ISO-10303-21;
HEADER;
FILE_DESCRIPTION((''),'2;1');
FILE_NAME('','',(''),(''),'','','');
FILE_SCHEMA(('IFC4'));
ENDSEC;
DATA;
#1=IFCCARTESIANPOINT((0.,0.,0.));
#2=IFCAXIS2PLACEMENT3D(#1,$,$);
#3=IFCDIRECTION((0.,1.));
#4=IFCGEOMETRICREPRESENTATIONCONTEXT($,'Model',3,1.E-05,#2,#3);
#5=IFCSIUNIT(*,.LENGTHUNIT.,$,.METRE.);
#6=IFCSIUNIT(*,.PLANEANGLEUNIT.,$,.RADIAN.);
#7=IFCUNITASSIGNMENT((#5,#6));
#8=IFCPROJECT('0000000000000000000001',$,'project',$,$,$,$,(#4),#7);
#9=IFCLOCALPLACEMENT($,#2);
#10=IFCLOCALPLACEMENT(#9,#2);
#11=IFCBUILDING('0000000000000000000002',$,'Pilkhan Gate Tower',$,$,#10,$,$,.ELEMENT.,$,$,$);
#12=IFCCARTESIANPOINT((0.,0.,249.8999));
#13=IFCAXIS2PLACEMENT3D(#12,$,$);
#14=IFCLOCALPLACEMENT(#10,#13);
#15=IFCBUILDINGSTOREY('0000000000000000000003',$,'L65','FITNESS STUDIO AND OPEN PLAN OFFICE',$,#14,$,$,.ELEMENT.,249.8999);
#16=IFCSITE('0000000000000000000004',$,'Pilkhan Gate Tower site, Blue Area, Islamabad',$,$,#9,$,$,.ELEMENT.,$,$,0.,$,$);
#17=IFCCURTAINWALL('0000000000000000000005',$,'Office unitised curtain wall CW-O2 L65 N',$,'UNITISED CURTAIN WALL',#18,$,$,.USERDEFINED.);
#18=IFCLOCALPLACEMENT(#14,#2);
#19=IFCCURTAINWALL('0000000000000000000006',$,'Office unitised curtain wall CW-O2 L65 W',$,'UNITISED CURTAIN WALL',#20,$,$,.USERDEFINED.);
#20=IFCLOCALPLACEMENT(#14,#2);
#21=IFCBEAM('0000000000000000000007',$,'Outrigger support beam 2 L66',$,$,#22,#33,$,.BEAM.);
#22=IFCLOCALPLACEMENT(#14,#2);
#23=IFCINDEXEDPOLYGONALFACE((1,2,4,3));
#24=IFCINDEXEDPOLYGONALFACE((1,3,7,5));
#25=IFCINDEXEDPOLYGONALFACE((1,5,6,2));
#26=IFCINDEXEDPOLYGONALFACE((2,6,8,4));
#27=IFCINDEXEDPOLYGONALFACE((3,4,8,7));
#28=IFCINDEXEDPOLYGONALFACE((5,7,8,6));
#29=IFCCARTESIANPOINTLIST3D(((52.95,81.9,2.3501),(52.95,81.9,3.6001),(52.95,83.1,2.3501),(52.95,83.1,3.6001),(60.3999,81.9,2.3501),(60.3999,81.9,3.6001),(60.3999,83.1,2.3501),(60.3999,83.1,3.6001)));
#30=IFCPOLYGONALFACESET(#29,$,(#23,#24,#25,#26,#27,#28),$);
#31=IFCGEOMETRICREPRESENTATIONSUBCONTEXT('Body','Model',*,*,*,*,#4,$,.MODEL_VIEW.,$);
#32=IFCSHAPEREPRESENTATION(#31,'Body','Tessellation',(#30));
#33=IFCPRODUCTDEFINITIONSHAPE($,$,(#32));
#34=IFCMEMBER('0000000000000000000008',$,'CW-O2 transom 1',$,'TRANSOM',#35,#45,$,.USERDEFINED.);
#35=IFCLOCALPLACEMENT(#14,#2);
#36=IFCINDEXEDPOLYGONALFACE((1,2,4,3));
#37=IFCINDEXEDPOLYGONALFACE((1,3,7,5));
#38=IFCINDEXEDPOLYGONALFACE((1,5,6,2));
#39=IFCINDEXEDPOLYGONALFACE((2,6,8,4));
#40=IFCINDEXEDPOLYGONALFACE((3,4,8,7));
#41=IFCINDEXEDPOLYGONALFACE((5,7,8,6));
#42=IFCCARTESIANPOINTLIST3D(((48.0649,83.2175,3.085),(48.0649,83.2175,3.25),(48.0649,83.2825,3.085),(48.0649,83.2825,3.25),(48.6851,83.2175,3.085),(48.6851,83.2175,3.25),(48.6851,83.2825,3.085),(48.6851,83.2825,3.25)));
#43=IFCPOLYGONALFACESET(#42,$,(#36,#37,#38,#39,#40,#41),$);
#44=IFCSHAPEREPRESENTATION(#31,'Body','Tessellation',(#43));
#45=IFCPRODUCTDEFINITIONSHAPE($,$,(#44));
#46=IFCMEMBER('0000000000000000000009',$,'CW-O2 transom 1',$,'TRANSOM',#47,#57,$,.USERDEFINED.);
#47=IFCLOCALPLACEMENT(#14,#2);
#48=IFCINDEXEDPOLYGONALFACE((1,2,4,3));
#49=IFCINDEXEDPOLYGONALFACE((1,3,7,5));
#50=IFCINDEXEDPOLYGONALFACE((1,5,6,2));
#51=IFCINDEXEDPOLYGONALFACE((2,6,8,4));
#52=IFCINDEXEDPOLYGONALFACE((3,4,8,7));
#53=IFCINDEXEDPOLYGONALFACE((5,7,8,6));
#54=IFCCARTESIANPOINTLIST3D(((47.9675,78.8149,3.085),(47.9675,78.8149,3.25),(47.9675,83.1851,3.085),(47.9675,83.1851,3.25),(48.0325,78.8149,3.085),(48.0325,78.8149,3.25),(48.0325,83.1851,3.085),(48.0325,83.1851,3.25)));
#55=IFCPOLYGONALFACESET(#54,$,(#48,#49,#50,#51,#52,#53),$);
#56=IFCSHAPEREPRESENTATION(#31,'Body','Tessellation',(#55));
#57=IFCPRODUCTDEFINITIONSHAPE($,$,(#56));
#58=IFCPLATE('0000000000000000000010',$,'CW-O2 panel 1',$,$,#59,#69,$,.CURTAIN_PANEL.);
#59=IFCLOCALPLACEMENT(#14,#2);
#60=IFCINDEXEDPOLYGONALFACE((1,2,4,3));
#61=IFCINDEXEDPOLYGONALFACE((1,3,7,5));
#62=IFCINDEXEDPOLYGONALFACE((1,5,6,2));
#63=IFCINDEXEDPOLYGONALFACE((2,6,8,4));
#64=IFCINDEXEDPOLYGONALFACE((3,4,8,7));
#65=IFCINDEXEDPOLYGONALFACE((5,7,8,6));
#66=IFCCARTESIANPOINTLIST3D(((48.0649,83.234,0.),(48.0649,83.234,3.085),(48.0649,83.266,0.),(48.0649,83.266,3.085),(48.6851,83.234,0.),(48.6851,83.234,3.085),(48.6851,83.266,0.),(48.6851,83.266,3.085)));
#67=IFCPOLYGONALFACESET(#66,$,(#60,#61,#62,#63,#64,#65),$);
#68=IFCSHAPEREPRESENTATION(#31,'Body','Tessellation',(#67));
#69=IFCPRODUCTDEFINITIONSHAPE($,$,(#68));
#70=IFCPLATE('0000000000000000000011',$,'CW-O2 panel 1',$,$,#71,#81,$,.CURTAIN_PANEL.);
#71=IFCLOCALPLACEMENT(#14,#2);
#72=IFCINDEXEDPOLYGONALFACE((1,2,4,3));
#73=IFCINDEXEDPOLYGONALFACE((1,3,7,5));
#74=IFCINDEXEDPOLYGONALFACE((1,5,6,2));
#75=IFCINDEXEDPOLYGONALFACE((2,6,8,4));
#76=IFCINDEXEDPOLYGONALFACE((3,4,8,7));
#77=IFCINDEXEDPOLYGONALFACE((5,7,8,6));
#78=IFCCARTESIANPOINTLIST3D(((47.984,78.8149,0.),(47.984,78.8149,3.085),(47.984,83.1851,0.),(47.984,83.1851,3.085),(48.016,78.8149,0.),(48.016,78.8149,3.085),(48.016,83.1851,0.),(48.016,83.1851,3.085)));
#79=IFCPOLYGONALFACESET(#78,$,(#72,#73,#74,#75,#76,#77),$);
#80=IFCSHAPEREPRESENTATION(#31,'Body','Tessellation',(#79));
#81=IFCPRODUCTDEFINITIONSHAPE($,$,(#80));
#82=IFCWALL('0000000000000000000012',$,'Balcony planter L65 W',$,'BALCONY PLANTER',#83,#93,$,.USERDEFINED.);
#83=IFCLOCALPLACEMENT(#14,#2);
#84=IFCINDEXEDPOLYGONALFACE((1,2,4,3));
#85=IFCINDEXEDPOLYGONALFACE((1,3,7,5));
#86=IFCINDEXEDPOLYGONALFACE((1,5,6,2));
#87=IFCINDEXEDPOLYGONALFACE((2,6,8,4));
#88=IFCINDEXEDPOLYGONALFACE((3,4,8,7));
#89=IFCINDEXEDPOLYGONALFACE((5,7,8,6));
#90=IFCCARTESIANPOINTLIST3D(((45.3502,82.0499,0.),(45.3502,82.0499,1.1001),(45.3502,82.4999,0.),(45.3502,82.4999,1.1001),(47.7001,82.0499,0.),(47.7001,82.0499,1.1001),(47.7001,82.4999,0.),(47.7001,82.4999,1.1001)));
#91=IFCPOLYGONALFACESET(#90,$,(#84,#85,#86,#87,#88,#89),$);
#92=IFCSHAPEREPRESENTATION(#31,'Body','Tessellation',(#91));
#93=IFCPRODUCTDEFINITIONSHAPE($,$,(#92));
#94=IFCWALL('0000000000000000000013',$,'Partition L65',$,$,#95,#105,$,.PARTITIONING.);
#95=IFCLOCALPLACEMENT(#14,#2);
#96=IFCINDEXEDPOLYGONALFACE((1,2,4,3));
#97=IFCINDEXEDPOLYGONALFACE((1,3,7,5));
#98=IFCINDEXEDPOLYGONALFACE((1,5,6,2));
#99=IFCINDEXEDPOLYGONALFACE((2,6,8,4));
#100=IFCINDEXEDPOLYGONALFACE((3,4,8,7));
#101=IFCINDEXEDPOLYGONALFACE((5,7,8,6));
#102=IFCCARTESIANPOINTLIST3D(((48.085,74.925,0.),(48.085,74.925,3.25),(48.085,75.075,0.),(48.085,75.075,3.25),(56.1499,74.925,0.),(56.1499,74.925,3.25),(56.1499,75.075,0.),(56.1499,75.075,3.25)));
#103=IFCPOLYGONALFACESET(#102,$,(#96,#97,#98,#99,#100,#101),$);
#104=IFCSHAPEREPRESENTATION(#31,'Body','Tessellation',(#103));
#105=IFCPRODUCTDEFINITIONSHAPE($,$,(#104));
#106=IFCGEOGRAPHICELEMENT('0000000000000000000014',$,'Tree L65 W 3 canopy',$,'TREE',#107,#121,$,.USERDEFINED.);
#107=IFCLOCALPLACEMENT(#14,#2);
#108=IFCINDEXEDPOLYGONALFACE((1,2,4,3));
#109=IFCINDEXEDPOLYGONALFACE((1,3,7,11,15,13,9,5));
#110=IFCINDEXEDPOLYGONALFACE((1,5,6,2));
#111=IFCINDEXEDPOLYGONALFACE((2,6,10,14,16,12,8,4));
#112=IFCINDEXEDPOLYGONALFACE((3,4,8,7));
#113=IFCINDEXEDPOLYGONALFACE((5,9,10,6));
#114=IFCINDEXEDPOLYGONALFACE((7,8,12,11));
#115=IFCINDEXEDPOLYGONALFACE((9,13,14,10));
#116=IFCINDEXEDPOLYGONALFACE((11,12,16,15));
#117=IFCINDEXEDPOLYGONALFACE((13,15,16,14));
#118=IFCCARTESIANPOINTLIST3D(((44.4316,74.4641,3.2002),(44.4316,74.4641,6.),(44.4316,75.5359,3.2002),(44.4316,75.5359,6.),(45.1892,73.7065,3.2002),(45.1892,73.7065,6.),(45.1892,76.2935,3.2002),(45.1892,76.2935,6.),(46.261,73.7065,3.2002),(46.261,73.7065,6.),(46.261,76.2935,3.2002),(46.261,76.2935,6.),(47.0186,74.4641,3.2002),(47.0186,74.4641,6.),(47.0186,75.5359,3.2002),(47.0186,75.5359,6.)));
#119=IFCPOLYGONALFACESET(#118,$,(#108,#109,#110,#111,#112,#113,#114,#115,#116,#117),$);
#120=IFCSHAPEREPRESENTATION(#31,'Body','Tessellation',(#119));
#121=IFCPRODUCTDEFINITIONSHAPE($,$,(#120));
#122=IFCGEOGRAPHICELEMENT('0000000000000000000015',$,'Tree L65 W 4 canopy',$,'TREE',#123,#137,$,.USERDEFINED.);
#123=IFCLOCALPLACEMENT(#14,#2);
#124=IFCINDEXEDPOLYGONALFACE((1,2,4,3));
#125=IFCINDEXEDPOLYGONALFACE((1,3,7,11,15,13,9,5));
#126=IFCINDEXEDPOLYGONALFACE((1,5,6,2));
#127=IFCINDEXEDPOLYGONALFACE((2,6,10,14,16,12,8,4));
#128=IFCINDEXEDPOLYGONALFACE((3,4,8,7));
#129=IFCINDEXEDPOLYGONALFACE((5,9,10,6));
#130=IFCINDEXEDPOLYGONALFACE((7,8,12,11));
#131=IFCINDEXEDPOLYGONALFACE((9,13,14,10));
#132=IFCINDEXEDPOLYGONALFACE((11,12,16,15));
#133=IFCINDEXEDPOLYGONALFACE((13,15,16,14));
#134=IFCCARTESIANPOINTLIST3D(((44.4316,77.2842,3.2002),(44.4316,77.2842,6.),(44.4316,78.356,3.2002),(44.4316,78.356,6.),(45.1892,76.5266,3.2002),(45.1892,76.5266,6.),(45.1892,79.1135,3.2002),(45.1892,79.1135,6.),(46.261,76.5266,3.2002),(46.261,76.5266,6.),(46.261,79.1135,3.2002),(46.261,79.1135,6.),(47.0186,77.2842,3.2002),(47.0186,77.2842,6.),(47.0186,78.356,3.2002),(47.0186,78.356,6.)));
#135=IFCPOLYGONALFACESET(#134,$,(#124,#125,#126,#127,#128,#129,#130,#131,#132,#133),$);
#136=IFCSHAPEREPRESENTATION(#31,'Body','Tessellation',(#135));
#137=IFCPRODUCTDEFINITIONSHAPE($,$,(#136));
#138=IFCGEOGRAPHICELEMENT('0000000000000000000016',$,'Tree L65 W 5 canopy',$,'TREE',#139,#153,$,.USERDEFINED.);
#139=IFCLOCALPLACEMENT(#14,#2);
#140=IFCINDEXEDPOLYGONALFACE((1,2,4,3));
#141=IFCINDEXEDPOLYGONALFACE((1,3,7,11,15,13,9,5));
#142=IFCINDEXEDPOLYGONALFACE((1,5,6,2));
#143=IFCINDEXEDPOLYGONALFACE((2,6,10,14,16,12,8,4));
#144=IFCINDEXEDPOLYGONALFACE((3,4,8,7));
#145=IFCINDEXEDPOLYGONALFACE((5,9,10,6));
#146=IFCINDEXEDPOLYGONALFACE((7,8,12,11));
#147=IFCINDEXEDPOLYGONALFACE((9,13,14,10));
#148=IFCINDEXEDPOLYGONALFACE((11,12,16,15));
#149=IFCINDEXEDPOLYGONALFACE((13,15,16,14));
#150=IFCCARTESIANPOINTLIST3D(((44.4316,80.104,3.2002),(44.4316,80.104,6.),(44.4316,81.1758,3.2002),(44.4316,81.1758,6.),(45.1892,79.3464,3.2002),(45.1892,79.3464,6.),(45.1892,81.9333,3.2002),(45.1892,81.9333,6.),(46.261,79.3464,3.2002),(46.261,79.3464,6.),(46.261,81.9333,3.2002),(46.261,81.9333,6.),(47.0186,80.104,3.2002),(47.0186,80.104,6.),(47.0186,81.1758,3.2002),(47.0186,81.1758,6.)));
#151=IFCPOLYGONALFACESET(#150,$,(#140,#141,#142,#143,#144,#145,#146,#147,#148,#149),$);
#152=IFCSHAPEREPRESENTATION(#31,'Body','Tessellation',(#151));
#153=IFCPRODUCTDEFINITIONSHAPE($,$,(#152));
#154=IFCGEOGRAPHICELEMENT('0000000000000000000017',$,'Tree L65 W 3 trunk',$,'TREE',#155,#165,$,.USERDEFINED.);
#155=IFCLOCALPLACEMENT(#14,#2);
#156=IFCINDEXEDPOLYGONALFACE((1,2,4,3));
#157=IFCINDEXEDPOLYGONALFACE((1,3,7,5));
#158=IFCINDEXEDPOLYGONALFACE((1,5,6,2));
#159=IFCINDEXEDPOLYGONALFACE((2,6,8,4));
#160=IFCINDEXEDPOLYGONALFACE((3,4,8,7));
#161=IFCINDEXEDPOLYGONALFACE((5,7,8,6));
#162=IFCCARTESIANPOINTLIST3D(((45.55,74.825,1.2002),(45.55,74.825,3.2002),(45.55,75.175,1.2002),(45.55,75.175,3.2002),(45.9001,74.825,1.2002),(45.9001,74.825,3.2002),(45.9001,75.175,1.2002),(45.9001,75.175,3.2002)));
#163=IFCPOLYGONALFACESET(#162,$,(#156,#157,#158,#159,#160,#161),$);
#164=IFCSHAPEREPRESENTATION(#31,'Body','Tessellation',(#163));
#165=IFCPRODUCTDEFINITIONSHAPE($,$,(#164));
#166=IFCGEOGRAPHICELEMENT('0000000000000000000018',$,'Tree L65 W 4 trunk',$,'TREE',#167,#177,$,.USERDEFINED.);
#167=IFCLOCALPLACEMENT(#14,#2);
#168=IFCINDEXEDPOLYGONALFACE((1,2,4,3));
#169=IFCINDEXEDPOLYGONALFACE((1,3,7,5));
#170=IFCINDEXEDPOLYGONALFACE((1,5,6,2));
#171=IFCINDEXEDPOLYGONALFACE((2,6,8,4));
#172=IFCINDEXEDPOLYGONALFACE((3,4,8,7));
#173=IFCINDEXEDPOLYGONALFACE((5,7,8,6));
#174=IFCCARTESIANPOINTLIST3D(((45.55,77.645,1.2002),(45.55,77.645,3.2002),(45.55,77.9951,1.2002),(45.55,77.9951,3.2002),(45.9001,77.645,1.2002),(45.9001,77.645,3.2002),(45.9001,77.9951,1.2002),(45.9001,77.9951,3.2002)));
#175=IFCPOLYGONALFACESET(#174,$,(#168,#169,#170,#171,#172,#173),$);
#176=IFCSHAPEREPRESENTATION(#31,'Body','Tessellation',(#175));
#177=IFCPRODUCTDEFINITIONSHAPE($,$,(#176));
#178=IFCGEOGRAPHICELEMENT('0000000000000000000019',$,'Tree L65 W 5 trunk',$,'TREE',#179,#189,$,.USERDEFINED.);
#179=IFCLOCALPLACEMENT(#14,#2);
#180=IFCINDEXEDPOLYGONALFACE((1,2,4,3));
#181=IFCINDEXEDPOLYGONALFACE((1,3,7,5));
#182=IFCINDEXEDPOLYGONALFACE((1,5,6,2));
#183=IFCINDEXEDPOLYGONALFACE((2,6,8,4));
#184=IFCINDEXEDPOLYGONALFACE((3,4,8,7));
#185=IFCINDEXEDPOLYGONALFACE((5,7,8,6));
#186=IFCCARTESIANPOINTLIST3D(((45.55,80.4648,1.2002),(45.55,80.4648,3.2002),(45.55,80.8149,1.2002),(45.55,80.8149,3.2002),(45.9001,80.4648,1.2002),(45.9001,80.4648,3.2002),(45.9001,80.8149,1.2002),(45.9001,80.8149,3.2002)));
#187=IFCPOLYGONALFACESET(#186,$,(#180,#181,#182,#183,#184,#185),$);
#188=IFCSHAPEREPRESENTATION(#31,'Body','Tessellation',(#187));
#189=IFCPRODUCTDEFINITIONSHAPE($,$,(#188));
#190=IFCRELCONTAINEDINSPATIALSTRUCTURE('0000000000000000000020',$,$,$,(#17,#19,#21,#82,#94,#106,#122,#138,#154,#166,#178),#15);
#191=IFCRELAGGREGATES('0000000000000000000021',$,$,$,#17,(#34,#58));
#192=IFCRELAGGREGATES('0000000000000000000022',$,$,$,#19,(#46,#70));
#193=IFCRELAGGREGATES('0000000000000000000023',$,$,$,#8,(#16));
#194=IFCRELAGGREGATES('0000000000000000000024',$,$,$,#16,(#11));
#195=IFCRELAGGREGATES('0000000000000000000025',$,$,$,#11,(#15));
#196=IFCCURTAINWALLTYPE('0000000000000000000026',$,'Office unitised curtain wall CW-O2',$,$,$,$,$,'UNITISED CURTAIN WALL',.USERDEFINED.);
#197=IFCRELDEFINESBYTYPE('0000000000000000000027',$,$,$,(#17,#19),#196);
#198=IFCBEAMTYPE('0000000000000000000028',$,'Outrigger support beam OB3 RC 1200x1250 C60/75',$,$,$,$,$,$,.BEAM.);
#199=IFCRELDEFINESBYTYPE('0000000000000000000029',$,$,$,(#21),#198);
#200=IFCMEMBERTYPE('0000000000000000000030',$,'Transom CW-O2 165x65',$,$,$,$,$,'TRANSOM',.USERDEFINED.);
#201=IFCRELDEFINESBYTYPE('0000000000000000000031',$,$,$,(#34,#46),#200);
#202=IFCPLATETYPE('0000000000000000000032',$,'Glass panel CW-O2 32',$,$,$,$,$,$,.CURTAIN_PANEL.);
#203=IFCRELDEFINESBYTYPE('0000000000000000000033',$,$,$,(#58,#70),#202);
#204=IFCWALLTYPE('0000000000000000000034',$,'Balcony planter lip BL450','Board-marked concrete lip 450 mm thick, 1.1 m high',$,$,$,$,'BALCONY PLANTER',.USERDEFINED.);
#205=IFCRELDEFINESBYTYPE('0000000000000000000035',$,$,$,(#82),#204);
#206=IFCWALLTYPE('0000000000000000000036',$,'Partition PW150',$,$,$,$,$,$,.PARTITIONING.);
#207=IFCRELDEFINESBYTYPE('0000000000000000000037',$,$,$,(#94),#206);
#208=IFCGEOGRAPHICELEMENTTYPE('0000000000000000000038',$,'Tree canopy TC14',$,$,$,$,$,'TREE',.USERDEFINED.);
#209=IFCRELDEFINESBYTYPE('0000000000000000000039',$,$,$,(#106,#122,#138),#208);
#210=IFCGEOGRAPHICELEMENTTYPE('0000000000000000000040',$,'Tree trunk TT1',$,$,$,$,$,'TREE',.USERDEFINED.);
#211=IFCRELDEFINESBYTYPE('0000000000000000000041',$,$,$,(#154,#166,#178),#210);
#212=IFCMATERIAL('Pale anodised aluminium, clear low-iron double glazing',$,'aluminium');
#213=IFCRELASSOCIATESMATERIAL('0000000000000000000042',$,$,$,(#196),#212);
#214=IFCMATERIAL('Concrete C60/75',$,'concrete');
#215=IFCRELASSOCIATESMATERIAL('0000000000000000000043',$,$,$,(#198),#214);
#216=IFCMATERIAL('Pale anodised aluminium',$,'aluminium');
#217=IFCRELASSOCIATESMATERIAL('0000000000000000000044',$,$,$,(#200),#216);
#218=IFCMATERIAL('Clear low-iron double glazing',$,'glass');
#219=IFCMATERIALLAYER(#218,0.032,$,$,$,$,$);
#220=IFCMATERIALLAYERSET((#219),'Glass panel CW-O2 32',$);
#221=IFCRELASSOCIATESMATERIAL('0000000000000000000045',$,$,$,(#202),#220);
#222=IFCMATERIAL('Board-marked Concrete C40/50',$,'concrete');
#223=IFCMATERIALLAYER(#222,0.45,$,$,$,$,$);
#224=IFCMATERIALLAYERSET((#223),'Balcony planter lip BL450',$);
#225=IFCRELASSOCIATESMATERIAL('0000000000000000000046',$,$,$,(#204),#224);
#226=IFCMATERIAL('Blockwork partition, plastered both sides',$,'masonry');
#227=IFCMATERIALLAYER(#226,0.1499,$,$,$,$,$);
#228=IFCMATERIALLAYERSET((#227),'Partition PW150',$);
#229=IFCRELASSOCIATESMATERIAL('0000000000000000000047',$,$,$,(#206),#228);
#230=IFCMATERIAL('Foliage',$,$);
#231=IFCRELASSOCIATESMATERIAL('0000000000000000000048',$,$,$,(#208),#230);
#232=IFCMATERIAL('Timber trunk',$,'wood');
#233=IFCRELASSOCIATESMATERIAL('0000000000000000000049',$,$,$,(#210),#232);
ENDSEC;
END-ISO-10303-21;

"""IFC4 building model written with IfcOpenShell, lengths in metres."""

from ifc_helpers import new_model, si_unit, direction, frame, frame_2d, origin, origin_2d, place, context, subcontext, project, spatial, polyline, rectangle, outline, extrude, material, layer, layer_set, material_profile, profile_set, type_object, element, aggregate, save


model = new_model("IFC4")

# Units and contexts
model_context = context("Model", 3, precision=1e-05, world=origin(), true_north=direction((0.0, 1.0)))
body_context = subcontext(model_context, "Body", "Model", "MODEL_VIEW")
ifc_project = project(units=[si_unit("LENGTHUNIT", "METRE"), si_unit("PLANEANGLEUNIT", "RADIAN")], contexts=[model_context])

# Site, building, storey
site_placement = place(None, origin())
site = spatial("IfcSite", under=ifc_project, at=site_placement, Name="Pilkhan Gate Tower site, Blue Area, Islamabad", CompositionType="ELEMENT", RefElevation=0.0)
building_placement = place(site_placement, origin())
building = spatial("IfcBuilding", under=site, at=building_placement, Name="Pilkhan Gate Tower", CompositionType="ELEMENT")
storey_placement = place(building_placement, frame((0.0, 0.0, 249.8999)))
storey = spatial("IfcBuildingStorey", under=building, at=storey_placement, Name="L65", Description="FITNESS STUDIO AND OPEN PLAN OFFICE", CompositionType="ELEMENT", Elevation=249.8999)

# Shared definitions
ifc_material_1 = material(Name="Pale anodised aluminium, clear low-iron double glazing", Category="aluminium")
curtain_wall_type = type_object("IfcCurtainWallType", Name="Office unitised curtain wall CW-O2", ElementType="UNITISED CURTAIN WALL", PredefinedType="USERDEFINED", material=ifc_material_1)
ifc_material_2 = material(Name="Pale anodised aluminium", Category="aluminium")

# Curtain walls
curtain_wall_1_placement = place(storey_placement, origin())
curtain_wall_1 = element("IfcCurtainWall", 1, at=curtain_wall_1_placement, inside=storey, type_object=curtain_wall_type, Name="Office unitised curtain wall CW-O2 L65 N", ObjectType="UNITISED CURTAIN WALL", PredefinedType="USERDEFINED")
curtain_wall_2_placement = place(storey_placement, origin())
curtain_wall_2 = element("IfcCurtainWall", 2, at=curtain_wall_2_placement, inside=storey, type_object=curtain_wall_type, Name="Office unitised curtain wall CW-O2 L65 W", ObjectType="UNITISED CURTAIN WALL", PredefinedType="USERDEFINED")

# Beam
ifc_material_3 = material(Name="Concrete C60/75", Category="concrete")
ifc_material_profile_1 = material_profile(ifc_material_3, rectangle(XDim=1.2, YDim=1.25, at=origin_2d()), Name="RC 1200x1250")
ifc_profile_set_1 = profile_set([ifc_material_profile_1], Name="Concrete C60/75")
beam_type_1 = type_object("IfcBeamType", Name="Outrigger support beam OB3 RC 1200x1250 C60/75", PredefinedType="BEAM", material=ifc_profile_set_1)
beam_1_placement = place(storey_placement, frame((52.95, 82.5, 2.9751), z_axis=(1.0, 0.0, 0.0), x_axis=(0.0, 1.0, 0.0)))
element("IfcBeam", 3, at=beam_1_placement, inside=storey, type_object=beam_type_1, Name="Outrigger support beam 2 L66", PredefinedType="BEAM", context=body_context, shape_type="SweptSolid", body=[
    extrude(rectangle(XDim=1.2, YDim=1.25, at=origin_2d()), origin(), (0.0, 0.0, 1.0), 7.45),
])

# Members
ifc_material_profile_2 = material_profile(ifc_material_2, rectangle(XDim=0.0649, YDim=0.165, at=origin_2d()), Name="Transom 165x65")
ifc_profile_set_2 = profile_set([ifc_material_profile_2], Name="Pale anodised aluminium")
member_type_1 = type_object("IfcMemberType", Name="Transom CW-O2 165x65", ElementType="TRANSOM", PredefinedType="USERDEFINED", material=ifc_profile_set_2)
member_1_placement = place(storey_placement, frame((48.0649, 83.25, 3.1675), z_axis=(1.0, 0.0, 0.0), x_axis=(0.0, 1.0, 0.0)))
member_1 = element("IfcMember", 4, at=member_1_placement, type_object=member_type_1, Name="CW-O2 transom 1", ObjectType="TRANSOM", PredefinedType="USERDEFINED", context=body_context, shape_type="SweptSolid", body=[
    extrude(rectangle(XDim=0.0649, YDim=0.165, at=origin_2d()), origin(), (0.0, 0.0, 1.0), 0.6201),
])
member_2_placement = place(storey_placement, frame((48.0, 78.8149, 3.1675), z_axis=(0.0, 1.0, 0.0), x_axis=(-1.0, 0.0, 0.0)))
member_2 = element("IfcMember", 5, at=member_2_placement, type_object=member_type_1, Name="CW-O2 transom 1", ObjectType="TRANSOM", PredefinedType="USERDEFINED", context=body_context, shape_type="SweptSolid", body=[
    extrude(rectangle(XDim=0.0649, YDim=0.165, at=origin_2d()), origin(), (0.0, 0.0, 1.0), 4.3701),
])

# Plates
ifc_material_4 = material(Name="Clear low-iron double glazing", Category="glass")
ifc_layer_1 = layer(ifc_material_4, 0.032)
ifc_layer_set_1 = layer_set([ifc_layer_1], Name="Glass panel CW-O2 32")
plate_type = type_object("IfcPlateType", Name="Glass panel CW-O2 32", PredefinedType="CURTAIN_PANEL", material=ifc_layer_set_1)
plate_1_placement = place(storey_placement, frame((48.375, 83.25, 0.0), z_axis=(0.0, 0.0, 1.0), x_axis=(1.0, 0.0, 0.0)))
plate_1 = element("IfcPlate", 6, at=plate_1_placement, type_object=plate_type, Name="CW-O2 panel 1", PredefinedType="CURTAIN_PANEL", context=body_context, shape_type="SweptSolid", body=[
    extrude(rectangle(XDim=0.6201, YDim=0.032, at=origin_2d()), origin(), (0.0, 0.0, 1.0), 3.085),
])
aggregate(curtain_wall_1, [member_1, plate_1])
plate_2_placement = place(storey_placement, frame((48.0, 81.0, 0.0), z_axis=(0.0, 0.0, 1.0), x_axis=(0.0, 1.0, 0.0)))
plate_2 = element("IfcPlate", 7, at=plate_2_placement, type_object=plate_type, Name="CW-O2 panel 1", PredefinedType="CURTAIN_PANEL", context=body_context, shape_type="SweptSolid", body=[
    extrude(rectangle(XDim=4.3701, YDim=0.032, at=origin_2d()), origin(), (0.0, 0.0, 1.0), 3.085),
])
aggregate(curtain_wall_2, [member_2, plate_2])

# Wall
ifc_material_5 = material(Name="Board-marked Concrete C40/50", Category="concrete")
ifc_layer_2 = layer(ifc_material_5, 0.45)
ifc_layer_set_2 = layer_set([ifc_layer_2], Name="Balcony planter lip BL450")
wall_type_1 = type_object("IfcWallType", Name="Balcony planter lip BL450", Description="Board-marked concrete lip 450 mm thick, 1.1 m high", ElementType="BALCONY PLANTER", PredefinedType="USERDEFINED", material=ifc_layer_set_2)
wall_1_placement = place(storey_placement, frame((47.7, 82.2749, 0.0), z_axis=(0.0, 0.0, 1.0), x_axis=(-1.0, 0.0, 0.0)))
element("IfcWall", 8, at=wall_1_placement, inside=storey, type_object=wall_type_1, Name="Balcony planter L65 W", ObjectType="BALCONY PLANTER", PredefinedType="USERDEFINED", context=body_context, shape_type="SweptSolid", body=[
    extrude(rectangle(XDim=2.3499, YDim=0.45, at=frame_2d((1.1748, 0.0))), origin(), (0.0, 0.0, 1.0), 1.1001),
])

# Wall
ifc_material_6 = material(Name="Blockwork partition, plastered both sides", Category="masonry")
ifc_layer_3 = layer(ifc_material_6, 0.1499)
ifc_layer_set_3 = layer_set([ifc_layer_3], Name="Partition PW150")
wall_type_2 = type_object("IfcWallType", Name="Partition PW150", PredefinedType="PARTITIONING", material=ifc_layer_set_3)
wall_2_placement = place(storey_placement, frame((48.085, 75.0, 0.0), z_axis=(0.0, 0.0, 1.0), x_axis=(1.0, 0.0, 0.0)))
element("IfcWall", 9, at=wall_2_placement, inside=storey, type_object=wall_type_2, Name="Partition L65", PredefinedType="PARTITIONING", context=body_context, shape_type="SweptSolid", body=[
    extrude(rectangle(XDim=8.0649, YDim=0.1499, at=frame_2d((4.0325, 0.0))), origin(), (0.0, 0.0, 1.0), 3.25),
])

# Geographic elements
ifc_material_7 = material(Name="Foliage")
ifc_material_profile_3 = material_profile(ifc_material_7, outline(polyline([(1.2935, 0.5359), (0.5359, 1.2935), (-0.5359, 1.2935), (-1.2935, 0.5359), (-1.2935, -0.5359), (-0.5359, -1.2935), (0.5359, -1.2935), (1.2935, -0.5359), (1.2935, 0.5359)])), Name="Canopy D2.8")
ifc_profile_set_3 = profile_set([ifc_material_profile_3], Name="Foliage")
geographic_element_type_1 = type_object("IfcGeographicElementType", Name="Tree canopy TC14", ElementType="TREE", PredefinedType="USERDEFINED", material=ifc_profile_set_3)
for number, where, z_axis, x_axis, name in (
    (10, (45.7251, 75.0, 3.2002), (0.0, 0.0, 1.0), (1.0, 0.0, 0.0), "Tree L65 W 3 canopy"),
    (11, (45.7251, 77.8201, 3.2002), (0.0, 0.0, 1.0), (1.0, 0.0, 0.0), "Tree L65 W 4 canopy"),
    (12, (45.7251, 80.6399, 3.2002), (0.0, 0.0, 1.0), (1.0, 0.0, 0.0), "Tree L65 W 5 canopy"),
):
    element("IfcGeographicElement", number, at=place(storey_placement, frame(where, z_axis=z_axis, x_axis=x_axis)), inside=storey, type_object=geographic_element_type_1, Name=name, ObjectType="TREE", PredefinedType="USERDEFINED", context=body_context, shape_type="SweptSolid", body=[
        extrude(outline(polyline([(1.2935, 0.5359), (0.5359, 1.2935), (-0.5359, 1.2935), (-1.2935, 0.5359), (-1.2935, -0.5359), (-0.5359, -1.2935), (0.5359, -1.2935), (1.2935, -0.5359), (1.2935, 0.5359)])), origin(), (0.0, 0.0, 1.0), 2.7998),
    ])
ifc_material_8 = material(Name="Timber trunk", Category="wood")
geographic_element_type_2 = type_object("IfcGeographicElementType", Name="Tree trunk TT1", ElementType="TREE", PredefinedType="USERDEFINED", material=ifc_material_8)
for number, where, z_axis, x_axis, name in (
    (13, (45.7251, 75.0, 1.2002), (0.0, 0.0, 1.0), (1.0, 0.0, 0.0), "Tree L65 W 3 trunk"),
    (14, (45.7251, 77.8201, 1.2002), (0.0, 0.0, 1.0), (1.0, 0.0, 0.0), "Tree L65 W 4 trunk"),
    (15, (45.7251, 80.6399, 1.2002), (0.0, 0.0, 1.0), (1.0, 0.0, 0.0), "Tree L65 W 5 trunk"),
):
    element("IfcGeographicElement", number, at=place(storey_placement, frame(where, z_axis=z_axis, x_axis=x_axis)), inside=storey, type_object=geographic_element_type_2, Name=name, ObjectType="TREE", PredefinedType="USERDEFINED", context=body_context, shape_type="SweptSolid", body=[
        extrude(rectangle(XDim=0.3501, YDim=0.3501, at=origin_2d()), origin(), (0.0, 0.0, 1.0), 2.0),
    ])

save(model, "model.ifc")
